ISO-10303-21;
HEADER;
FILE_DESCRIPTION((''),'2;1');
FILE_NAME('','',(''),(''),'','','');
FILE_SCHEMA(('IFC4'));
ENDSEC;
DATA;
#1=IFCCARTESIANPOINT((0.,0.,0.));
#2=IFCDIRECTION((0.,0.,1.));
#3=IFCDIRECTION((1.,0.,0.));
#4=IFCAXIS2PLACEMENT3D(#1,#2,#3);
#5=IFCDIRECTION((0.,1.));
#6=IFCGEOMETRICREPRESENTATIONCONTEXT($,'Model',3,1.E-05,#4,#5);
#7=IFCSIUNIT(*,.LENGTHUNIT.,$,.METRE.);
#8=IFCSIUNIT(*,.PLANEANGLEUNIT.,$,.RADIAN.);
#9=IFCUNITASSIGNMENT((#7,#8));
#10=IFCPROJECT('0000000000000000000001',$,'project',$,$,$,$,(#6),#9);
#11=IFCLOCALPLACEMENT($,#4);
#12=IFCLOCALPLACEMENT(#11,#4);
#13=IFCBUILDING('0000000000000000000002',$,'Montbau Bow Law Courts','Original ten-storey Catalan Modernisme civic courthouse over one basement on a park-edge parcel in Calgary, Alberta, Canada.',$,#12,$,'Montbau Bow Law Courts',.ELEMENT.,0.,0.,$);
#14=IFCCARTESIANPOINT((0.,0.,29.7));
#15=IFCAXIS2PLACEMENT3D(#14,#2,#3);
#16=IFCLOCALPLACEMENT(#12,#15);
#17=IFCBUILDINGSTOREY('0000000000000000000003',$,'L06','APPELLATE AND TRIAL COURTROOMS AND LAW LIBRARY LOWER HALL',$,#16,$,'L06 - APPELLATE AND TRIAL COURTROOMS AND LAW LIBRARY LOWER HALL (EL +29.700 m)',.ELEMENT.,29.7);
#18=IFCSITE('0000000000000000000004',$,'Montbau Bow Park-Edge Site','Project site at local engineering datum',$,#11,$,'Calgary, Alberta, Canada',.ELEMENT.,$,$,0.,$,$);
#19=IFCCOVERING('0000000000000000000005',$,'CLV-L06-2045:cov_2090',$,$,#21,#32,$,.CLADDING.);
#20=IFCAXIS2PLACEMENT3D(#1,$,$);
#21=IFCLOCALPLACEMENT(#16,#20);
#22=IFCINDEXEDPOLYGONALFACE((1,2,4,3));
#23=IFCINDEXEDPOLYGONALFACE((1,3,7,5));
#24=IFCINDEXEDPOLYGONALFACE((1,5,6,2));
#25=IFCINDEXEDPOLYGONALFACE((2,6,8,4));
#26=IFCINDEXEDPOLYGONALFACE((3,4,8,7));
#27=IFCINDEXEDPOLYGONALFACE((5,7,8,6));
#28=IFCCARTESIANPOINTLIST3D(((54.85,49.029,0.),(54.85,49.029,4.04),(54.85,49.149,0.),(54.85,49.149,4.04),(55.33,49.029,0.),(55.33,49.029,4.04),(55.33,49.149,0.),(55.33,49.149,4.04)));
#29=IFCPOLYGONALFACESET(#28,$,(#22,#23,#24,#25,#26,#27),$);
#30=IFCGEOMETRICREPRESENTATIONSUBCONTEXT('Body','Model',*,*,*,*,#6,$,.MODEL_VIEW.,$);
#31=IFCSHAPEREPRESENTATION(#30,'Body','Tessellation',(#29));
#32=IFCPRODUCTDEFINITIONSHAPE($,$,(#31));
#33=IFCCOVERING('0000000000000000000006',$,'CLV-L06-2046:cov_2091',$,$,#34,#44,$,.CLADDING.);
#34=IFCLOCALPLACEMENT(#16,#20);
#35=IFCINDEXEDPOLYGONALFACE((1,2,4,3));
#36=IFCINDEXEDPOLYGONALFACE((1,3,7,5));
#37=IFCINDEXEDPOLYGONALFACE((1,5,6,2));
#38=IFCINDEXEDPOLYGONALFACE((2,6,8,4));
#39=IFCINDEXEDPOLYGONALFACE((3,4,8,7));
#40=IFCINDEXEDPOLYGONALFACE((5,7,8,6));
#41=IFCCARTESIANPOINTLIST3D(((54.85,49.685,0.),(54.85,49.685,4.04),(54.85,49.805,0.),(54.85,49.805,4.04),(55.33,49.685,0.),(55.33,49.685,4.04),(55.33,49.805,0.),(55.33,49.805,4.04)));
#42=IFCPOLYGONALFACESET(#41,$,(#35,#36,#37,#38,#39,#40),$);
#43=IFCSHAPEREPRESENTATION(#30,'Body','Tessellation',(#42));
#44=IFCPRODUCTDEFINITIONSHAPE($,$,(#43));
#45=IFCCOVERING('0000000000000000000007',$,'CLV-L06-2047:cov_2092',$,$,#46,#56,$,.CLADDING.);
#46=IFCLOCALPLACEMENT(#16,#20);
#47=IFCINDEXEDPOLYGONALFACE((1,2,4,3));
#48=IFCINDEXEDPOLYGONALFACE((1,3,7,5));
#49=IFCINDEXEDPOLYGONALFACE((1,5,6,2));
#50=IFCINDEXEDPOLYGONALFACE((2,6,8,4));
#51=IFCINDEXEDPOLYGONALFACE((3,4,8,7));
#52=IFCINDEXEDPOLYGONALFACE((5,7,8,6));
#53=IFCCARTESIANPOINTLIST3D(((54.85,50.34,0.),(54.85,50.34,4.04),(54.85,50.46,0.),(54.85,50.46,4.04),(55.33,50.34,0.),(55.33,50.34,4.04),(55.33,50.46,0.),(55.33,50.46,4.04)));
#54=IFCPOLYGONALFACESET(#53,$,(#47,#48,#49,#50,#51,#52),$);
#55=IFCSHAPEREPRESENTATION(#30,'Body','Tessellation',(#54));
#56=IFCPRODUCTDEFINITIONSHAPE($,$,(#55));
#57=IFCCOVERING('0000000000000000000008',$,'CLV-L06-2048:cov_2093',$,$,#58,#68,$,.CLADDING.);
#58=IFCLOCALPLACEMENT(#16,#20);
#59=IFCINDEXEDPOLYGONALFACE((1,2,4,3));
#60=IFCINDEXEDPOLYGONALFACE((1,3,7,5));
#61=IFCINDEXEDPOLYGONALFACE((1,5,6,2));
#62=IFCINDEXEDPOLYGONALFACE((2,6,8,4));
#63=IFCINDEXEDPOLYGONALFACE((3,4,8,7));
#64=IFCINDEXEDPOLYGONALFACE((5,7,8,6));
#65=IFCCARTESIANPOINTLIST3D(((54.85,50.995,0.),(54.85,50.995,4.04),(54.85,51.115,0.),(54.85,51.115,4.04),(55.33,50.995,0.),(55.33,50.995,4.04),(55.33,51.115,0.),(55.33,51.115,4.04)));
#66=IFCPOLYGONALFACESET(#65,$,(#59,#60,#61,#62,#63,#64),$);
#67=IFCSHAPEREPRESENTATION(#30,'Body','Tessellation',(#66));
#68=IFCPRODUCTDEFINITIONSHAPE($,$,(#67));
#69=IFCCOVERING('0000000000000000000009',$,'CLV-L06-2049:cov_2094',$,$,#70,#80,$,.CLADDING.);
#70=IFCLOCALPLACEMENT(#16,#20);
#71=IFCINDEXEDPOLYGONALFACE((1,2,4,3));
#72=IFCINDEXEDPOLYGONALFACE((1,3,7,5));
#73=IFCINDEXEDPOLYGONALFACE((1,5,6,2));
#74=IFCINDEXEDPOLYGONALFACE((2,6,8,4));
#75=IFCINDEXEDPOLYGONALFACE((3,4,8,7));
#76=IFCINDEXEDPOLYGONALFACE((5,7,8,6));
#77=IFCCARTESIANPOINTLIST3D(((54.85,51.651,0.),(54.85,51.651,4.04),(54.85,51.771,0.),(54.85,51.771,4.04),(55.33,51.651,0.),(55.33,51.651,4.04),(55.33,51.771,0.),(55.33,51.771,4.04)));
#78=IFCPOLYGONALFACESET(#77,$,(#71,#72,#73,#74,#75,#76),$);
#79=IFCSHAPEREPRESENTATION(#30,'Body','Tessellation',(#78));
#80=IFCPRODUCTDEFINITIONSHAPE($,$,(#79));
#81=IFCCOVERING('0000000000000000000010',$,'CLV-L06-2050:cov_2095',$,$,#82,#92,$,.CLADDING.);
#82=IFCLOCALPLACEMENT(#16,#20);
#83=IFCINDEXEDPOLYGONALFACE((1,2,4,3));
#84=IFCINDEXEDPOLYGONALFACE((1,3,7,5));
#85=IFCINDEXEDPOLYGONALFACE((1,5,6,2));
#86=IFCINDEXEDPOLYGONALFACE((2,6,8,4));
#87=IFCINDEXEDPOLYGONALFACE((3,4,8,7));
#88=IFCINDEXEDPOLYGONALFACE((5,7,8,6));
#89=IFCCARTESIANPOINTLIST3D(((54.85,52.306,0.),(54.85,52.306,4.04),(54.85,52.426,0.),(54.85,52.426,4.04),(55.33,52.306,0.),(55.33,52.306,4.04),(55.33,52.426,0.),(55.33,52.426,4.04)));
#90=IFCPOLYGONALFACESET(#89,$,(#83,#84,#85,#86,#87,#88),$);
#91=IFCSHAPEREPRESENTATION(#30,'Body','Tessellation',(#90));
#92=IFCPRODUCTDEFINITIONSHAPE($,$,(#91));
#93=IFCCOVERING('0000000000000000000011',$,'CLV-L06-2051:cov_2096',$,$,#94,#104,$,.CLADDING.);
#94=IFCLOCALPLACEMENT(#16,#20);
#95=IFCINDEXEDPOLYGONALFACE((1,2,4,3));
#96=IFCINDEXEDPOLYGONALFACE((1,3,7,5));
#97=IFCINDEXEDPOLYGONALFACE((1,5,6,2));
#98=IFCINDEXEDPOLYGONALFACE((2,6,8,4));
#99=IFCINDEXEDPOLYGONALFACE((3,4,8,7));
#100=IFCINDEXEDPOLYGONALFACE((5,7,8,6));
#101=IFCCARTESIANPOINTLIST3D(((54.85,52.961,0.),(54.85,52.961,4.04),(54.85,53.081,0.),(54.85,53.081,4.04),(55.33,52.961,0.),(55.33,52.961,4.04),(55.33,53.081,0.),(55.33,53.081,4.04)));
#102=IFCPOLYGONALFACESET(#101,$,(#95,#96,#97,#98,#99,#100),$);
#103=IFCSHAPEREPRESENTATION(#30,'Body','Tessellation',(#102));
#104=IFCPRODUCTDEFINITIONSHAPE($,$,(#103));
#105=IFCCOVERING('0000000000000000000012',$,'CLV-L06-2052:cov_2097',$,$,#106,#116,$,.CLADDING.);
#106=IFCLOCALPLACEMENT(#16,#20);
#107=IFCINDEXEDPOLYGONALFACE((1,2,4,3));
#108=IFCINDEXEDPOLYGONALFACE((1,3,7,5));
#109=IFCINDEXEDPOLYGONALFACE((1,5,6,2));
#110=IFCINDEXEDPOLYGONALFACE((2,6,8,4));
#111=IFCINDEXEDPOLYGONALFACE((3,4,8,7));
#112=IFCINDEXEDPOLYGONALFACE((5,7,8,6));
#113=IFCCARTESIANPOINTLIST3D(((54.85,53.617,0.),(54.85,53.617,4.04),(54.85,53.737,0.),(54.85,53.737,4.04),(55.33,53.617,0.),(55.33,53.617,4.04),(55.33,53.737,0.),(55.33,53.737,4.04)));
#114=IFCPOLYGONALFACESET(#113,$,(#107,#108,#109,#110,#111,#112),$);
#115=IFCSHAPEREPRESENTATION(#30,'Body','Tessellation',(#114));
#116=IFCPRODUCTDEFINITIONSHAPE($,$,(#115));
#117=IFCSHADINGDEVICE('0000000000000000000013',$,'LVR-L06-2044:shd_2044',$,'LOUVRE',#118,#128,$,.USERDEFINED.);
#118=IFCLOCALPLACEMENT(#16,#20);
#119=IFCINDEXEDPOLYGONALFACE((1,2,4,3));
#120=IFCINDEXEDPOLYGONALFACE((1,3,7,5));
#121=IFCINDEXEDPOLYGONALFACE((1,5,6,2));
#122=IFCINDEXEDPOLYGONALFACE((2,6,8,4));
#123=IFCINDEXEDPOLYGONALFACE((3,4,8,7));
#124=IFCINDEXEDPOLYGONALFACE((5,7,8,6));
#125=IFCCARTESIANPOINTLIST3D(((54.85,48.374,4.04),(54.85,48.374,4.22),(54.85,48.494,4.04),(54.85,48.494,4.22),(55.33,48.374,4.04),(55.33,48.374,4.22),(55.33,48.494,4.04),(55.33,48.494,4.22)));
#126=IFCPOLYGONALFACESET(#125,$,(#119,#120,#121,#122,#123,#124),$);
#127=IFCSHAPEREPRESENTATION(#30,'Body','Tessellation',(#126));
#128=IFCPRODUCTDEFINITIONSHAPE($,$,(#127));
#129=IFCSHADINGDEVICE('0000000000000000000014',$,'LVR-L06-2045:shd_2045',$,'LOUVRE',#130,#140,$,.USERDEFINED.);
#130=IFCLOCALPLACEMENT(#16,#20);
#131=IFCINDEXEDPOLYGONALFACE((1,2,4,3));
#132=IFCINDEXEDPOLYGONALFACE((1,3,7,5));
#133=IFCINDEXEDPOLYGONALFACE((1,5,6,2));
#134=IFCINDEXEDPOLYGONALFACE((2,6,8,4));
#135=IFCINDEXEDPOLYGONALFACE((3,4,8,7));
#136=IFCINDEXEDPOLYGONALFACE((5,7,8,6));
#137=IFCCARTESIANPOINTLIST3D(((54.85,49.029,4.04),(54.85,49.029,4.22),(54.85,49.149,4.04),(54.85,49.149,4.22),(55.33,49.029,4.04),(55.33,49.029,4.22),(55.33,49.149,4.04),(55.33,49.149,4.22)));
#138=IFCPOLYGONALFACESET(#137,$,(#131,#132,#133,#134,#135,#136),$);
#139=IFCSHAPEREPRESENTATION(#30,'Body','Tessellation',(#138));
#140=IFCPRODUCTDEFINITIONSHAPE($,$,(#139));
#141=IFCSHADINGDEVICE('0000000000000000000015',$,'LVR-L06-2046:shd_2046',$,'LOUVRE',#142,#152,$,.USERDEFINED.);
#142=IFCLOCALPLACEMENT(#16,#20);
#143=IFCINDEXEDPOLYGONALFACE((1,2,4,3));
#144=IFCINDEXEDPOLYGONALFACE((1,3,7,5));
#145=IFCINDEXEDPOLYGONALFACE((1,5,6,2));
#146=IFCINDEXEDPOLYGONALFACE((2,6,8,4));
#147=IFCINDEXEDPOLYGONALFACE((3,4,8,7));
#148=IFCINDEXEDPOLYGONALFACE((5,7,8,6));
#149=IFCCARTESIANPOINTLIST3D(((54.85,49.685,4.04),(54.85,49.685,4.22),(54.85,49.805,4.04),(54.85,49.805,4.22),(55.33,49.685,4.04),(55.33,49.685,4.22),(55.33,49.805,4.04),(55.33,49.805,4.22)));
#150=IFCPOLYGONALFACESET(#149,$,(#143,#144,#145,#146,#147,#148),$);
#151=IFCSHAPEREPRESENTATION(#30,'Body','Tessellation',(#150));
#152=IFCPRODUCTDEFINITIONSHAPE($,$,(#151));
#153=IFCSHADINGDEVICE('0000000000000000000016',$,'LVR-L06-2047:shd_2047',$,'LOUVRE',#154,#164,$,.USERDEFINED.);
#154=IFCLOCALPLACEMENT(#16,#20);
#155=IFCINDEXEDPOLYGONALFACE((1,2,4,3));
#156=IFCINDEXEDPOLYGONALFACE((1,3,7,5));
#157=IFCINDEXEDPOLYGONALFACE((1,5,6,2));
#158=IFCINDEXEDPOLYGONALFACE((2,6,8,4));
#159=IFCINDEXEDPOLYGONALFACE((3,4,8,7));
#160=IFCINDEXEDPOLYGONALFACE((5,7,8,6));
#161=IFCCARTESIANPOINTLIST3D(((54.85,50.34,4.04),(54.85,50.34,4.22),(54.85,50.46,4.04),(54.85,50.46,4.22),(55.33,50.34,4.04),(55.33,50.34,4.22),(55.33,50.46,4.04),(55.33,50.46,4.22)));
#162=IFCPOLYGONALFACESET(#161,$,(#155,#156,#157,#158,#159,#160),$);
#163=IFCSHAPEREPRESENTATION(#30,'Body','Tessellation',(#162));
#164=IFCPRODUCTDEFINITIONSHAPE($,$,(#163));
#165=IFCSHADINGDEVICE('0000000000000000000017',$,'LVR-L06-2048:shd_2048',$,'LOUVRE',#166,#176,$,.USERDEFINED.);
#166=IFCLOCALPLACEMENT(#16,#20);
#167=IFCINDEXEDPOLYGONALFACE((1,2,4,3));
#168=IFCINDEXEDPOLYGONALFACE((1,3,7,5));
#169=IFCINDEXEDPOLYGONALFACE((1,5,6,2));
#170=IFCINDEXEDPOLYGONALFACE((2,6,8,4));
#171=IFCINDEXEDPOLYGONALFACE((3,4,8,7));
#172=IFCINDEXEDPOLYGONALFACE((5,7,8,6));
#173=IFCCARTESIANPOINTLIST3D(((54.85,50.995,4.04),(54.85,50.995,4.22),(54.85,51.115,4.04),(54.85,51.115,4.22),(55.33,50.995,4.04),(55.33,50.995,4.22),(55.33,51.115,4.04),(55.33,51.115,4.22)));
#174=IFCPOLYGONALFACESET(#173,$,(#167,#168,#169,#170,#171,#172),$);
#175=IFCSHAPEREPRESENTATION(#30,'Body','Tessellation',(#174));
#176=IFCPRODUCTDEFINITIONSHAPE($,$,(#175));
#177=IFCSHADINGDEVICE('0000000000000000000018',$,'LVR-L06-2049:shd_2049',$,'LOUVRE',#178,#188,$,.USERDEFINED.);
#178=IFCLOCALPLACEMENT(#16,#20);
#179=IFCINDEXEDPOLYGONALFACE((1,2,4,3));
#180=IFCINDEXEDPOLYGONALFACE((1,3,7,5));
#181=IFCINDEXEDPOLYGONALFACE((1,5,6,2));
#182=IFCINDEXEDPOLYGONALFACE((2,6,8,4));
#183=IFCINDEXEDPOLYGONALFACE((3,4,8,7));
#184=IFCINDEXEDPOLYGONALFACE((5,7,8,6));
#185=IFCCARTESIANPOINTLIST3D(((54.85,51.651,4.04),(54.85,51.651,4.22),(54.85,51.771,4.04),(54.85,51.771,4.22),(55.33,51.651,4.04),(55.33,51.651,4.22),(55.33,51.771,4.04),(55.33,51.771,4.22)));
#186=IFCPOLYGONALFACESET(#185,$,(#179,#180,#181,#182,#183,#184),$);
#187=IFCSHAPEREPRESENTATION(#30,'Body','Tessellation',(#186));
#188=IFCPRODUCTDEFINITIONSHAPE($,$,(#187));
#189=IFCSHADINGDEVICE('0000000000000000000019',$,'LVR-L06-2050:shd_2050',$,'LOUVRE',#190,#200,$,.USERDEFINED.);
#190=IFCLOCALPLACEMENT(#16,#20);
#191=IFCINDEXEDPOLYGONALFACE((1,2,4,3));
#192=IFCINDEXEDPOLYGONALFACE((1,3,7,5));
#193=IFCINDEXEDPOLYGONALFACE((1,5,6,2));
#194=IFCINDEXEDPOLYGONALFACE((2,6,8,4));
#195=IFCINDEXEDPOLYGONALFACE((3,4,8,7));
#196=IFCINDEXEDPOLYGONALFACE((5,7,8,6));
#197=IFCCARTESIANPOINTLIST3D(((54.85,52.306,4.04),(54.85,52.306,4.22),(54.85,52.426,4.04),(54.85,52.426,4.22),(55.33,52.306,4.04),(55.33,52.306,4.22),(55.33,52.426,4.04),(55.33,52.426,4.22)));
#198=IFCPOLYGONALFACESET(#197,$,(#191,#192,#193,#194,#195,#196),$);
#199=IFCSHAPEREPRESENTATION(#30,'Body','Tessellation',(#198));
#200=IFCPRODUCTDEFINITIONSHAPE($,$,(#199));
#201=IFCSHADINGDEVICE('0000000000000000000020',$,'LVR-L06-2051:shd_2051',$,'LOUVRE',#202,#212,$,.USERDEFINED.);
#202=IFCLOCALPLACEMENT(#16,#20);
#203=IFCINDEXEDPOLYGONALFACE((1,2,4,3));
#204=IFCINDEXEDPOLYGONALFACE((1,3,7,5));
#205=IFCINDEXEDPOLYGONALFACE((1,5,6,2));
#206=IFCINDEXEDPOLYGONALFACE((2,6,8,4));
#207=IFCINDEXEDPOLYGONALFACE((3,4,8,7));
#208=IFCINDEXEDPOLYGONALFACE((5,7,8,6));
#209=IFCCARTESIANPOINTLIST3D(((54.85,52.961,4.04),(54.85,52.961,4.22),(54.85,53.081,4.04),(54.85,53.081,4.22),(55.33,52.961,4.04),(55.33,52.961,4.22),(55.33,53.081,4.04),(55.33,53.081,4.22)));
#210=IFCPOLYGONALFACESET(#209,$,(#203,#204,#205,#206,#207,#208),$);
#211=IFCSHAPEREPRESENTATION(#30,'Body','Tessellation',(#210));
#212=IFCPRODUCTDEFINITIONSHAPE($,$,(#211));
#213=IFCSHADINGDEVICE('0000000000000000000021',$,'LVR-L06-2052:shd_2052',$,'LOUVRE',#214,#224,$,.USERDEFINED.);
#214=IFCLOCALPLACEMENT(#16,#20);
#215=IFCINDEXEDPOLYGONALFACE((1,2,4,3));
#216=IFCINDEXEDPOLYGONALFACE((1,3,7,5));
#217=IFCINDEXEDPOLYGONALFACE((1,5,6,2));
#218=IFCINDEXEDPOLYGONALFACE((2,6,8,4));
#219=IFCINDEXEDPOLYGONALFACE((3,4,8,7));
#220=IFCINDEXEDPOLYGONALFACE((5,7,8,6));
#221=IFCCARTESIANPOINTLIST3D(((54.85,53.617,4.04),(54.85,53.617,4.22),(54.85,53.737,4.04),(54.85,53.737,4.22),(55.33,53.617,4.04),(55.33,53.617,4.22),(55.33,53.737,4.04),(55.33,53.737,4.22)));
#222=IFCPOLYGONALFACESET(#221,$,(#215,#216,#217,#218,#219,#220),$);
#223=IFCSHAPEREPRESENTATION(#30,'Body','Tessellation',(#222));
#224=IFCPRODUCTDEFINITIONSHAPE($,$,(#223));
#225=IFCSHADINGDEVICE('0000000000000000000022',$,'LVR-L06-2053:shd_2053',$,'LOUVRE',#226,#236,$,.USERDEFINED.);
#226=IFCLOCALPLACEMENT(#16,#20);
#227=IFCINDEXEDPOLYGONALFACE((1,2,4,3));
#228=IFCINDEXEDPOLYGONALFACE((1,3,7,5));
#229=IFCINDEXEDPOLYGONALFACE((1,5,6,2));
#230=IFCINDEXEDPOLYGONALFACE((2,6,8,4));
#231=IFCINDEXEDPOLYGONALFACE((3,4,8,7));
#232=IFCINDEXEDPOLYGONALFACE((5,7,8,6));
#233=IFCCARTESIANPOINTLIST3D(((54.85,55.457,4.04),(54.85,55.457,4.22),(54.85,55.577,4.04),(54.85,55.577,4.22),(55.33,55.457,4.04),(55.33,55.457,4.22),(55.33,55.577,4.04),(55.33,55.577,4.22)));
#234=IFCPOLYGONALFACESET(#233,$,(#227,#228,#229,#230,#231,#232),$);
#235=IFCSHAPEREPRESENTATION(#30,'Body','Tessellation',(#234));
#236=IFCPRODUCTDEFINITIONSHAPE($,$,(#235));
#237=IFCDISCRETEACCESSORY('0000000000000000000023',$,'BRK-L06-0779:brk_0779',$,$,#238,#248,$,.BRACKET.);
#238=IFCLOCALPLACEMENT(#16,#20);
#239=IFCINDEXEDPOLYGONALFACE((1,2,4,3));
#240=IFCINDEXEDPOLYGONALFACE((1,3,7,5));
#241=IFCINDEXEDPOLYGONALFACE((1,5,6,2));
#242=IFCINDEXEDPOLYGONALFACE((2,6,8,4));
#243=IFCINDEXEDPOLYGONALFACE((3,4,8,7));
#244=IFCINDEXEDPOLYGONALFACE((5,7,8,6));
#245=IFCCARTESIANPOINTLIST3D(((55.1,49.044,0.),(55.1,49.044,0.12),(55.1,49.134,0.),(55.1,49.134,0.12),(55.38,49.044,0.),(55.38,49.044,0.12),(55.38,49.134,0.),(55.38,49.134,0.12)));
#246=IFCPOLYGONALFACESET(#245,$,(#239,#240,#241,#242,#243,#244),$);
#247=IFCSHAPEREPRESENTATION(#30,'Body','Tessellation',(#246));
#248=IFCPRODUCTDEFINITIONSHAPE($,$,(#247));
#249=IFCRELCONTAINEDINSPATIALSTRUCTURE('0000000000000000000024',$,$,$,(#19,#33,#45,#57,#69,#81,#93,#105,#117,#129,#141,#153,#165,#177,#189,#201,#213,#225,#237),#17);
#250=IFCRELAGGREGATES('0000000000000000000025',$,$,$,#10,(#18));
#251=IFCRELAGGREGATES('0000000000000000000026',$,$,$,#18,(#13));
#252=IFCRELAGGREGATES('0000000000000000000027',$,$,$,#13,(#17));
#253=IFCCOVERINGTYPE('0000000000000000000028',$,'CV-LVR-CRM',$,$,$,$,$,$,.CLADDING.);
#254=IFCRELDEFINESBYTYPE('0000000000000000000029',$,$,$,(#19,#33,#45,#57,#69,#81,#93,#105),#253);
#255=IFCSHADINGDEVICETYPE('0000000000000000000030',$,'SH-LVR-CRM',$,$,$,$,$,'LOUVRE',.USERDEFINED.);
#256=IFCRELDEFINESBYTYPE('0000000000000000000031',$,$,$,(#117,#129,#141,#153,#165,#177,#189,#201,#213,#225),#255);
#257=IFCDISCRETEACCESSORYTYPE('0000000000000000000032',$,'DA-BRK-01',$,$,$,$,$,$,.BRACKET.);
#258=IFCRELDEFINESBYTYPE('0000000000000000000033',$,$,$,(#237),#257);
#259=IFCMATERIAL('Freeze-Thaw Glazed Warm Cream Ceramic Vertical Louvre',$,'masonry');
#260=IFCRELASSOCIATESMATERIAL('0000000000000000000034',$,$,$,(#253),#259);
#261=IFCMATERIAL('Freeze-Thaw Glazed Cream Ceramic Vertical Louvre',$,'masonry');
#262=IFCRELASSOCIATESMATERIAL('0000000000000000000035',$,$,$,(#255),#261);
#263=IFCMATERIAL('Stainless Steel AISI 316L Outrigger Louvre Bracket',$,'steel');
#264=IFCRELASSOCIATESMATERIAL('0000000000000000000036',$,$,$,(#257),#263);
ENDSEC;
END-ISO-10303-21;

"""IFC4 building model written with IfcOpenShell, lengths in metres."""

from ifc_helpers import new_model, si_unit, direction, frame, frame_2d, origin_with_axes, origin_2d_with_axis, place, context, subcontext, project, spatial, rectangle, extrude, material, type_object, element, save


model = new_model("IFC4")

# Units and contexts
model_context = context("Model", 3, precision=1e-05, world=origin_with_axes(), true_north=direction((0.0, 1.0)))
body_context = subcontext(model_context, "Body", "Model", "MODEL_VIEW")
ifc_project = project(units=[si_unit("LENGTHUNIT", "METRE"), si_unit("PLANEANGLEUNIT", "RADIAN")], contexts=[model_context])

# Site, building, storey
site_placement = place(None, origin_with_axes())
site = spatial("IfcSite", under=ifc_project, at=site_placement, Name="Montbau Bow Park-Edge Site", Description="Project site at local engineering datum", LongName="Calgary, Alberta, Canada", CompositionType="ELEMENT", RefElevation=0.0)
building_placement = place(site_placement, origin_with_axes())
building = spatial("IfcBuilding", under=site, at=building_placement, Name="Montbau Bow Law Courts", Description="Original ten-storey Catalan Modernisme civic courthouse over one basement on a park-edge parcel in Calgary, Alberta, Canada.", LongName="Montbau Bow Law Courts", CompositionType="ELEMENT", ElevationOfRefHeight=0.0, ElevationOfTerrain=0.0)
storey_placement = place(building_placement, frame((0.0, 0.0, 29.7), z_axis=(0.0, 0.0, 1.0), x_axis=(1.0, 0.0, 0.0)))
storey = spatial("IfcBuildingStorey", under=building, at=storey_placement, Name="L06", Description="APPELLATE AND TRIAL COURTROOMS AND LAW LIBRARY LOWER HALL", LongName="L06 - APPELLATE AND TRIAL COURTROOMS AND LAW LIBRARY LOWER HALL (EL +29.700 m)", CompositionType="ELEMENT", Elevation=29.7)

# Coverings
ifc_material_1 = material(Name="Freeze-Thaw Glazed Warm Cream Ceramic Vertical Louvre", Category="masonry")
covering_type = type_object("IfcCoveringType", Name="CV-LVR-CRM", PredefinedType="CLADDING", material=ifc_material_1)
for number, where, z_axis, x_axis, name in (
    (1, (55.33, 49.089, 29.7), (0.0, 1.0, 0.0), (-1.0, 0.0, 0.0), "CLV-L06-2045:cov_2090"),
    (2, (55.33, 49.745, 29.7), (0.0, 1.0, 0.0), (-1.0, 0.0, 0.0), "CLV-L06-2046:cov_2091"),
    (3, (55.33, 50.4, 29.7), (0.0, 1.0, 0.0), (-1.0, 0.0, 0.0), "CLV-L06-2047:cov_2092"),
    (4, (55.33, 51.055, 29.7), (0.0, 1.0, 0.0), (-1.0, 0.0, 0.0), "CLV-L06-2048:cov_2093"),
    (5, (55.33, 51.711, 29.7), (0.0, 1.0, 0.0), (-1.0, 0.0, 0.0), "CLV-L06-2049:cov_2094"),
    (6, (55.33, 52.366, 29.7), (0.0, 1.0, 0.0), (-1.0, 0.0, 0.0), "CLV-L06-2050:cov_2095"),
    (7, (55.33, 53.021, 29.7), (0.0, 1.0, 0.0), (-1.0, 0.0, 0.0), "CLV-L06-2051:cov_2096"),
    (8, (55.33, 53.677, 29.7), (0.0, 1.0, 0.0), (-1.0, 0.0, 0.0), "CLV-L06-2052:cov_2097"),
):
    element("IfcCovering", number, at=place(None, frame(where, z_axis=z_axis, x_axis=x_axis)), inside=storey, type_object=covering_type, Name=name, PredefinedType="CLADDING", context=body_context, shape_type="SweptSolid", body=[
        extrude(rectangle(XDim=0.48, YDim=4.04, at=frame_2d((0.24, 2.02), x_axis=(1.0, 0.0))), frame((0.0, 0.0, -0.06), z_axis=(0.0, 0.0, 1.0), x_axis=(1.0, 0.0, 0.0)), (0.0, 0.0, 1.0), 0.12),
    ])

# Shading devices
ifc_material_2 = material(Name="Freeze-Thaw Glazed Cream Ceramic Vertical Louvre", Category="masonry")
shading_device_type = type_object("IfcShadingDeviceType", Name="SH-LVR-CRM", ElementType="LOUVRE", PredefinedType="USERDEFINED", material=ifc_material_2)
for number, where, z_axis, x_axis, name in (
    (9, (55.09, 48.434, 33.74), (0.0, 0.0, 1.0), (-1.0, 0.0, 0.0), "LVR-L06-2044:shd_2044"),
    (10, (55.09, 49.089, 33.74), (0.0, 0.0, 1.0), (-1.0, 0.0, 0.0), "LVR-L06-2045:shd_2045"),
    (11, (55.09, 49.745, 33.74), (0.0, 0.0, 1.0), (-1.0, 0.0, 0.0), "LVR-L06-2046:shd_2046"),
    (12, (55.09, 50.4, 33.74), (0.0, 0.0, 1.0), (-1.0, 0.0, 0.0), "LVR-L06-2047:shd_2047"),
    (13, (55.09, 51.055, 33.74), (0.0, 0.0, 1.0), (-1.0, 0.0, 0.0), "LVR-L06-2048:shd_2048"),
    (14, (55.09, 51.711, 33.74), (0.0, 0.0, 1.0), (-1.0, 0.0, 0.0), "LVR-L06-2049:shd_2049"),
    (15, (55.09, 52.366, 33.74), (0.0, 0.0, 1.0), (-1.0, 0.0, 0.0), "LVR-L06-2050:shd_2050"),
    (16, (55.09, 53.021, 33.74), (0.0, 0.0, 1.0), (-1.0, 0.0, 0.0), "LVR-L06-2051:shd_2051"),
    (17, (55.09, 53.677, 33.74), (0.0, 0.0, 1.0), (-1.0, 0.0, 0.0), "LVR-L06-2052:shd_2052"),
    (18, (55.09, 55.517, 33.74), (0.0, 0.0, 1.0), (-1.0, 0.0, 0.0), "LVR-L06-2053:shd_2053"),
):
    element("IfcShadingDevice", number, at=place(None, frame(where, z_axis=z_axis, x_axis=x_axis)), inside=storey, type_object=shading_device_type, Name=name, ObjectType="LOUVRE", PredefinedType="USERDEFINED", context=body_context, shape_type="SweptSolid", body=[
        extrude(rectangle(XDim=0.48, YDim=0.12, at=origin_2d_with_axis()), origin_with_axes(), (0.0, 0.0, 1.0), 0.18),
    ])

# Discrete accessory
ifc_material_3 = material(Name="Stainless Steel AISI 316L Outrigger Louvre Bracket", Category="steel")
discrete_accessory_type = type_object("IfcDiscreteAccessoryType", Name="DA-BRK-01", PredefinedType="BRACKET", material=ifc_material_3)
for number, where, z_axis, x_axis, name in (
    (19, (55.24, 49.089, 29.7), (0.0, 0.0, 1.0), (-1.0, 0.0, 0.0), "BRK-L06-0779:brk_0779"),
):
    element("IfcDiscreteAccessory", number, at=place(None, frame(where, z_axis=z_axis, x_axis=x_axis)), inside=storey, type_object=discrete_accessory_type, Name=name, PredefinedType="BRACKET", context=body_context, shape_type="SweptSolid", body=[
        extrude(rectangle(XDim=0.28, YDim=0.09, at=origin_2d_with_axis()), origin_with_axes(), (0.0, 0.0, 1.0), 0.12),
    ])

save(model, "model.ifc")
